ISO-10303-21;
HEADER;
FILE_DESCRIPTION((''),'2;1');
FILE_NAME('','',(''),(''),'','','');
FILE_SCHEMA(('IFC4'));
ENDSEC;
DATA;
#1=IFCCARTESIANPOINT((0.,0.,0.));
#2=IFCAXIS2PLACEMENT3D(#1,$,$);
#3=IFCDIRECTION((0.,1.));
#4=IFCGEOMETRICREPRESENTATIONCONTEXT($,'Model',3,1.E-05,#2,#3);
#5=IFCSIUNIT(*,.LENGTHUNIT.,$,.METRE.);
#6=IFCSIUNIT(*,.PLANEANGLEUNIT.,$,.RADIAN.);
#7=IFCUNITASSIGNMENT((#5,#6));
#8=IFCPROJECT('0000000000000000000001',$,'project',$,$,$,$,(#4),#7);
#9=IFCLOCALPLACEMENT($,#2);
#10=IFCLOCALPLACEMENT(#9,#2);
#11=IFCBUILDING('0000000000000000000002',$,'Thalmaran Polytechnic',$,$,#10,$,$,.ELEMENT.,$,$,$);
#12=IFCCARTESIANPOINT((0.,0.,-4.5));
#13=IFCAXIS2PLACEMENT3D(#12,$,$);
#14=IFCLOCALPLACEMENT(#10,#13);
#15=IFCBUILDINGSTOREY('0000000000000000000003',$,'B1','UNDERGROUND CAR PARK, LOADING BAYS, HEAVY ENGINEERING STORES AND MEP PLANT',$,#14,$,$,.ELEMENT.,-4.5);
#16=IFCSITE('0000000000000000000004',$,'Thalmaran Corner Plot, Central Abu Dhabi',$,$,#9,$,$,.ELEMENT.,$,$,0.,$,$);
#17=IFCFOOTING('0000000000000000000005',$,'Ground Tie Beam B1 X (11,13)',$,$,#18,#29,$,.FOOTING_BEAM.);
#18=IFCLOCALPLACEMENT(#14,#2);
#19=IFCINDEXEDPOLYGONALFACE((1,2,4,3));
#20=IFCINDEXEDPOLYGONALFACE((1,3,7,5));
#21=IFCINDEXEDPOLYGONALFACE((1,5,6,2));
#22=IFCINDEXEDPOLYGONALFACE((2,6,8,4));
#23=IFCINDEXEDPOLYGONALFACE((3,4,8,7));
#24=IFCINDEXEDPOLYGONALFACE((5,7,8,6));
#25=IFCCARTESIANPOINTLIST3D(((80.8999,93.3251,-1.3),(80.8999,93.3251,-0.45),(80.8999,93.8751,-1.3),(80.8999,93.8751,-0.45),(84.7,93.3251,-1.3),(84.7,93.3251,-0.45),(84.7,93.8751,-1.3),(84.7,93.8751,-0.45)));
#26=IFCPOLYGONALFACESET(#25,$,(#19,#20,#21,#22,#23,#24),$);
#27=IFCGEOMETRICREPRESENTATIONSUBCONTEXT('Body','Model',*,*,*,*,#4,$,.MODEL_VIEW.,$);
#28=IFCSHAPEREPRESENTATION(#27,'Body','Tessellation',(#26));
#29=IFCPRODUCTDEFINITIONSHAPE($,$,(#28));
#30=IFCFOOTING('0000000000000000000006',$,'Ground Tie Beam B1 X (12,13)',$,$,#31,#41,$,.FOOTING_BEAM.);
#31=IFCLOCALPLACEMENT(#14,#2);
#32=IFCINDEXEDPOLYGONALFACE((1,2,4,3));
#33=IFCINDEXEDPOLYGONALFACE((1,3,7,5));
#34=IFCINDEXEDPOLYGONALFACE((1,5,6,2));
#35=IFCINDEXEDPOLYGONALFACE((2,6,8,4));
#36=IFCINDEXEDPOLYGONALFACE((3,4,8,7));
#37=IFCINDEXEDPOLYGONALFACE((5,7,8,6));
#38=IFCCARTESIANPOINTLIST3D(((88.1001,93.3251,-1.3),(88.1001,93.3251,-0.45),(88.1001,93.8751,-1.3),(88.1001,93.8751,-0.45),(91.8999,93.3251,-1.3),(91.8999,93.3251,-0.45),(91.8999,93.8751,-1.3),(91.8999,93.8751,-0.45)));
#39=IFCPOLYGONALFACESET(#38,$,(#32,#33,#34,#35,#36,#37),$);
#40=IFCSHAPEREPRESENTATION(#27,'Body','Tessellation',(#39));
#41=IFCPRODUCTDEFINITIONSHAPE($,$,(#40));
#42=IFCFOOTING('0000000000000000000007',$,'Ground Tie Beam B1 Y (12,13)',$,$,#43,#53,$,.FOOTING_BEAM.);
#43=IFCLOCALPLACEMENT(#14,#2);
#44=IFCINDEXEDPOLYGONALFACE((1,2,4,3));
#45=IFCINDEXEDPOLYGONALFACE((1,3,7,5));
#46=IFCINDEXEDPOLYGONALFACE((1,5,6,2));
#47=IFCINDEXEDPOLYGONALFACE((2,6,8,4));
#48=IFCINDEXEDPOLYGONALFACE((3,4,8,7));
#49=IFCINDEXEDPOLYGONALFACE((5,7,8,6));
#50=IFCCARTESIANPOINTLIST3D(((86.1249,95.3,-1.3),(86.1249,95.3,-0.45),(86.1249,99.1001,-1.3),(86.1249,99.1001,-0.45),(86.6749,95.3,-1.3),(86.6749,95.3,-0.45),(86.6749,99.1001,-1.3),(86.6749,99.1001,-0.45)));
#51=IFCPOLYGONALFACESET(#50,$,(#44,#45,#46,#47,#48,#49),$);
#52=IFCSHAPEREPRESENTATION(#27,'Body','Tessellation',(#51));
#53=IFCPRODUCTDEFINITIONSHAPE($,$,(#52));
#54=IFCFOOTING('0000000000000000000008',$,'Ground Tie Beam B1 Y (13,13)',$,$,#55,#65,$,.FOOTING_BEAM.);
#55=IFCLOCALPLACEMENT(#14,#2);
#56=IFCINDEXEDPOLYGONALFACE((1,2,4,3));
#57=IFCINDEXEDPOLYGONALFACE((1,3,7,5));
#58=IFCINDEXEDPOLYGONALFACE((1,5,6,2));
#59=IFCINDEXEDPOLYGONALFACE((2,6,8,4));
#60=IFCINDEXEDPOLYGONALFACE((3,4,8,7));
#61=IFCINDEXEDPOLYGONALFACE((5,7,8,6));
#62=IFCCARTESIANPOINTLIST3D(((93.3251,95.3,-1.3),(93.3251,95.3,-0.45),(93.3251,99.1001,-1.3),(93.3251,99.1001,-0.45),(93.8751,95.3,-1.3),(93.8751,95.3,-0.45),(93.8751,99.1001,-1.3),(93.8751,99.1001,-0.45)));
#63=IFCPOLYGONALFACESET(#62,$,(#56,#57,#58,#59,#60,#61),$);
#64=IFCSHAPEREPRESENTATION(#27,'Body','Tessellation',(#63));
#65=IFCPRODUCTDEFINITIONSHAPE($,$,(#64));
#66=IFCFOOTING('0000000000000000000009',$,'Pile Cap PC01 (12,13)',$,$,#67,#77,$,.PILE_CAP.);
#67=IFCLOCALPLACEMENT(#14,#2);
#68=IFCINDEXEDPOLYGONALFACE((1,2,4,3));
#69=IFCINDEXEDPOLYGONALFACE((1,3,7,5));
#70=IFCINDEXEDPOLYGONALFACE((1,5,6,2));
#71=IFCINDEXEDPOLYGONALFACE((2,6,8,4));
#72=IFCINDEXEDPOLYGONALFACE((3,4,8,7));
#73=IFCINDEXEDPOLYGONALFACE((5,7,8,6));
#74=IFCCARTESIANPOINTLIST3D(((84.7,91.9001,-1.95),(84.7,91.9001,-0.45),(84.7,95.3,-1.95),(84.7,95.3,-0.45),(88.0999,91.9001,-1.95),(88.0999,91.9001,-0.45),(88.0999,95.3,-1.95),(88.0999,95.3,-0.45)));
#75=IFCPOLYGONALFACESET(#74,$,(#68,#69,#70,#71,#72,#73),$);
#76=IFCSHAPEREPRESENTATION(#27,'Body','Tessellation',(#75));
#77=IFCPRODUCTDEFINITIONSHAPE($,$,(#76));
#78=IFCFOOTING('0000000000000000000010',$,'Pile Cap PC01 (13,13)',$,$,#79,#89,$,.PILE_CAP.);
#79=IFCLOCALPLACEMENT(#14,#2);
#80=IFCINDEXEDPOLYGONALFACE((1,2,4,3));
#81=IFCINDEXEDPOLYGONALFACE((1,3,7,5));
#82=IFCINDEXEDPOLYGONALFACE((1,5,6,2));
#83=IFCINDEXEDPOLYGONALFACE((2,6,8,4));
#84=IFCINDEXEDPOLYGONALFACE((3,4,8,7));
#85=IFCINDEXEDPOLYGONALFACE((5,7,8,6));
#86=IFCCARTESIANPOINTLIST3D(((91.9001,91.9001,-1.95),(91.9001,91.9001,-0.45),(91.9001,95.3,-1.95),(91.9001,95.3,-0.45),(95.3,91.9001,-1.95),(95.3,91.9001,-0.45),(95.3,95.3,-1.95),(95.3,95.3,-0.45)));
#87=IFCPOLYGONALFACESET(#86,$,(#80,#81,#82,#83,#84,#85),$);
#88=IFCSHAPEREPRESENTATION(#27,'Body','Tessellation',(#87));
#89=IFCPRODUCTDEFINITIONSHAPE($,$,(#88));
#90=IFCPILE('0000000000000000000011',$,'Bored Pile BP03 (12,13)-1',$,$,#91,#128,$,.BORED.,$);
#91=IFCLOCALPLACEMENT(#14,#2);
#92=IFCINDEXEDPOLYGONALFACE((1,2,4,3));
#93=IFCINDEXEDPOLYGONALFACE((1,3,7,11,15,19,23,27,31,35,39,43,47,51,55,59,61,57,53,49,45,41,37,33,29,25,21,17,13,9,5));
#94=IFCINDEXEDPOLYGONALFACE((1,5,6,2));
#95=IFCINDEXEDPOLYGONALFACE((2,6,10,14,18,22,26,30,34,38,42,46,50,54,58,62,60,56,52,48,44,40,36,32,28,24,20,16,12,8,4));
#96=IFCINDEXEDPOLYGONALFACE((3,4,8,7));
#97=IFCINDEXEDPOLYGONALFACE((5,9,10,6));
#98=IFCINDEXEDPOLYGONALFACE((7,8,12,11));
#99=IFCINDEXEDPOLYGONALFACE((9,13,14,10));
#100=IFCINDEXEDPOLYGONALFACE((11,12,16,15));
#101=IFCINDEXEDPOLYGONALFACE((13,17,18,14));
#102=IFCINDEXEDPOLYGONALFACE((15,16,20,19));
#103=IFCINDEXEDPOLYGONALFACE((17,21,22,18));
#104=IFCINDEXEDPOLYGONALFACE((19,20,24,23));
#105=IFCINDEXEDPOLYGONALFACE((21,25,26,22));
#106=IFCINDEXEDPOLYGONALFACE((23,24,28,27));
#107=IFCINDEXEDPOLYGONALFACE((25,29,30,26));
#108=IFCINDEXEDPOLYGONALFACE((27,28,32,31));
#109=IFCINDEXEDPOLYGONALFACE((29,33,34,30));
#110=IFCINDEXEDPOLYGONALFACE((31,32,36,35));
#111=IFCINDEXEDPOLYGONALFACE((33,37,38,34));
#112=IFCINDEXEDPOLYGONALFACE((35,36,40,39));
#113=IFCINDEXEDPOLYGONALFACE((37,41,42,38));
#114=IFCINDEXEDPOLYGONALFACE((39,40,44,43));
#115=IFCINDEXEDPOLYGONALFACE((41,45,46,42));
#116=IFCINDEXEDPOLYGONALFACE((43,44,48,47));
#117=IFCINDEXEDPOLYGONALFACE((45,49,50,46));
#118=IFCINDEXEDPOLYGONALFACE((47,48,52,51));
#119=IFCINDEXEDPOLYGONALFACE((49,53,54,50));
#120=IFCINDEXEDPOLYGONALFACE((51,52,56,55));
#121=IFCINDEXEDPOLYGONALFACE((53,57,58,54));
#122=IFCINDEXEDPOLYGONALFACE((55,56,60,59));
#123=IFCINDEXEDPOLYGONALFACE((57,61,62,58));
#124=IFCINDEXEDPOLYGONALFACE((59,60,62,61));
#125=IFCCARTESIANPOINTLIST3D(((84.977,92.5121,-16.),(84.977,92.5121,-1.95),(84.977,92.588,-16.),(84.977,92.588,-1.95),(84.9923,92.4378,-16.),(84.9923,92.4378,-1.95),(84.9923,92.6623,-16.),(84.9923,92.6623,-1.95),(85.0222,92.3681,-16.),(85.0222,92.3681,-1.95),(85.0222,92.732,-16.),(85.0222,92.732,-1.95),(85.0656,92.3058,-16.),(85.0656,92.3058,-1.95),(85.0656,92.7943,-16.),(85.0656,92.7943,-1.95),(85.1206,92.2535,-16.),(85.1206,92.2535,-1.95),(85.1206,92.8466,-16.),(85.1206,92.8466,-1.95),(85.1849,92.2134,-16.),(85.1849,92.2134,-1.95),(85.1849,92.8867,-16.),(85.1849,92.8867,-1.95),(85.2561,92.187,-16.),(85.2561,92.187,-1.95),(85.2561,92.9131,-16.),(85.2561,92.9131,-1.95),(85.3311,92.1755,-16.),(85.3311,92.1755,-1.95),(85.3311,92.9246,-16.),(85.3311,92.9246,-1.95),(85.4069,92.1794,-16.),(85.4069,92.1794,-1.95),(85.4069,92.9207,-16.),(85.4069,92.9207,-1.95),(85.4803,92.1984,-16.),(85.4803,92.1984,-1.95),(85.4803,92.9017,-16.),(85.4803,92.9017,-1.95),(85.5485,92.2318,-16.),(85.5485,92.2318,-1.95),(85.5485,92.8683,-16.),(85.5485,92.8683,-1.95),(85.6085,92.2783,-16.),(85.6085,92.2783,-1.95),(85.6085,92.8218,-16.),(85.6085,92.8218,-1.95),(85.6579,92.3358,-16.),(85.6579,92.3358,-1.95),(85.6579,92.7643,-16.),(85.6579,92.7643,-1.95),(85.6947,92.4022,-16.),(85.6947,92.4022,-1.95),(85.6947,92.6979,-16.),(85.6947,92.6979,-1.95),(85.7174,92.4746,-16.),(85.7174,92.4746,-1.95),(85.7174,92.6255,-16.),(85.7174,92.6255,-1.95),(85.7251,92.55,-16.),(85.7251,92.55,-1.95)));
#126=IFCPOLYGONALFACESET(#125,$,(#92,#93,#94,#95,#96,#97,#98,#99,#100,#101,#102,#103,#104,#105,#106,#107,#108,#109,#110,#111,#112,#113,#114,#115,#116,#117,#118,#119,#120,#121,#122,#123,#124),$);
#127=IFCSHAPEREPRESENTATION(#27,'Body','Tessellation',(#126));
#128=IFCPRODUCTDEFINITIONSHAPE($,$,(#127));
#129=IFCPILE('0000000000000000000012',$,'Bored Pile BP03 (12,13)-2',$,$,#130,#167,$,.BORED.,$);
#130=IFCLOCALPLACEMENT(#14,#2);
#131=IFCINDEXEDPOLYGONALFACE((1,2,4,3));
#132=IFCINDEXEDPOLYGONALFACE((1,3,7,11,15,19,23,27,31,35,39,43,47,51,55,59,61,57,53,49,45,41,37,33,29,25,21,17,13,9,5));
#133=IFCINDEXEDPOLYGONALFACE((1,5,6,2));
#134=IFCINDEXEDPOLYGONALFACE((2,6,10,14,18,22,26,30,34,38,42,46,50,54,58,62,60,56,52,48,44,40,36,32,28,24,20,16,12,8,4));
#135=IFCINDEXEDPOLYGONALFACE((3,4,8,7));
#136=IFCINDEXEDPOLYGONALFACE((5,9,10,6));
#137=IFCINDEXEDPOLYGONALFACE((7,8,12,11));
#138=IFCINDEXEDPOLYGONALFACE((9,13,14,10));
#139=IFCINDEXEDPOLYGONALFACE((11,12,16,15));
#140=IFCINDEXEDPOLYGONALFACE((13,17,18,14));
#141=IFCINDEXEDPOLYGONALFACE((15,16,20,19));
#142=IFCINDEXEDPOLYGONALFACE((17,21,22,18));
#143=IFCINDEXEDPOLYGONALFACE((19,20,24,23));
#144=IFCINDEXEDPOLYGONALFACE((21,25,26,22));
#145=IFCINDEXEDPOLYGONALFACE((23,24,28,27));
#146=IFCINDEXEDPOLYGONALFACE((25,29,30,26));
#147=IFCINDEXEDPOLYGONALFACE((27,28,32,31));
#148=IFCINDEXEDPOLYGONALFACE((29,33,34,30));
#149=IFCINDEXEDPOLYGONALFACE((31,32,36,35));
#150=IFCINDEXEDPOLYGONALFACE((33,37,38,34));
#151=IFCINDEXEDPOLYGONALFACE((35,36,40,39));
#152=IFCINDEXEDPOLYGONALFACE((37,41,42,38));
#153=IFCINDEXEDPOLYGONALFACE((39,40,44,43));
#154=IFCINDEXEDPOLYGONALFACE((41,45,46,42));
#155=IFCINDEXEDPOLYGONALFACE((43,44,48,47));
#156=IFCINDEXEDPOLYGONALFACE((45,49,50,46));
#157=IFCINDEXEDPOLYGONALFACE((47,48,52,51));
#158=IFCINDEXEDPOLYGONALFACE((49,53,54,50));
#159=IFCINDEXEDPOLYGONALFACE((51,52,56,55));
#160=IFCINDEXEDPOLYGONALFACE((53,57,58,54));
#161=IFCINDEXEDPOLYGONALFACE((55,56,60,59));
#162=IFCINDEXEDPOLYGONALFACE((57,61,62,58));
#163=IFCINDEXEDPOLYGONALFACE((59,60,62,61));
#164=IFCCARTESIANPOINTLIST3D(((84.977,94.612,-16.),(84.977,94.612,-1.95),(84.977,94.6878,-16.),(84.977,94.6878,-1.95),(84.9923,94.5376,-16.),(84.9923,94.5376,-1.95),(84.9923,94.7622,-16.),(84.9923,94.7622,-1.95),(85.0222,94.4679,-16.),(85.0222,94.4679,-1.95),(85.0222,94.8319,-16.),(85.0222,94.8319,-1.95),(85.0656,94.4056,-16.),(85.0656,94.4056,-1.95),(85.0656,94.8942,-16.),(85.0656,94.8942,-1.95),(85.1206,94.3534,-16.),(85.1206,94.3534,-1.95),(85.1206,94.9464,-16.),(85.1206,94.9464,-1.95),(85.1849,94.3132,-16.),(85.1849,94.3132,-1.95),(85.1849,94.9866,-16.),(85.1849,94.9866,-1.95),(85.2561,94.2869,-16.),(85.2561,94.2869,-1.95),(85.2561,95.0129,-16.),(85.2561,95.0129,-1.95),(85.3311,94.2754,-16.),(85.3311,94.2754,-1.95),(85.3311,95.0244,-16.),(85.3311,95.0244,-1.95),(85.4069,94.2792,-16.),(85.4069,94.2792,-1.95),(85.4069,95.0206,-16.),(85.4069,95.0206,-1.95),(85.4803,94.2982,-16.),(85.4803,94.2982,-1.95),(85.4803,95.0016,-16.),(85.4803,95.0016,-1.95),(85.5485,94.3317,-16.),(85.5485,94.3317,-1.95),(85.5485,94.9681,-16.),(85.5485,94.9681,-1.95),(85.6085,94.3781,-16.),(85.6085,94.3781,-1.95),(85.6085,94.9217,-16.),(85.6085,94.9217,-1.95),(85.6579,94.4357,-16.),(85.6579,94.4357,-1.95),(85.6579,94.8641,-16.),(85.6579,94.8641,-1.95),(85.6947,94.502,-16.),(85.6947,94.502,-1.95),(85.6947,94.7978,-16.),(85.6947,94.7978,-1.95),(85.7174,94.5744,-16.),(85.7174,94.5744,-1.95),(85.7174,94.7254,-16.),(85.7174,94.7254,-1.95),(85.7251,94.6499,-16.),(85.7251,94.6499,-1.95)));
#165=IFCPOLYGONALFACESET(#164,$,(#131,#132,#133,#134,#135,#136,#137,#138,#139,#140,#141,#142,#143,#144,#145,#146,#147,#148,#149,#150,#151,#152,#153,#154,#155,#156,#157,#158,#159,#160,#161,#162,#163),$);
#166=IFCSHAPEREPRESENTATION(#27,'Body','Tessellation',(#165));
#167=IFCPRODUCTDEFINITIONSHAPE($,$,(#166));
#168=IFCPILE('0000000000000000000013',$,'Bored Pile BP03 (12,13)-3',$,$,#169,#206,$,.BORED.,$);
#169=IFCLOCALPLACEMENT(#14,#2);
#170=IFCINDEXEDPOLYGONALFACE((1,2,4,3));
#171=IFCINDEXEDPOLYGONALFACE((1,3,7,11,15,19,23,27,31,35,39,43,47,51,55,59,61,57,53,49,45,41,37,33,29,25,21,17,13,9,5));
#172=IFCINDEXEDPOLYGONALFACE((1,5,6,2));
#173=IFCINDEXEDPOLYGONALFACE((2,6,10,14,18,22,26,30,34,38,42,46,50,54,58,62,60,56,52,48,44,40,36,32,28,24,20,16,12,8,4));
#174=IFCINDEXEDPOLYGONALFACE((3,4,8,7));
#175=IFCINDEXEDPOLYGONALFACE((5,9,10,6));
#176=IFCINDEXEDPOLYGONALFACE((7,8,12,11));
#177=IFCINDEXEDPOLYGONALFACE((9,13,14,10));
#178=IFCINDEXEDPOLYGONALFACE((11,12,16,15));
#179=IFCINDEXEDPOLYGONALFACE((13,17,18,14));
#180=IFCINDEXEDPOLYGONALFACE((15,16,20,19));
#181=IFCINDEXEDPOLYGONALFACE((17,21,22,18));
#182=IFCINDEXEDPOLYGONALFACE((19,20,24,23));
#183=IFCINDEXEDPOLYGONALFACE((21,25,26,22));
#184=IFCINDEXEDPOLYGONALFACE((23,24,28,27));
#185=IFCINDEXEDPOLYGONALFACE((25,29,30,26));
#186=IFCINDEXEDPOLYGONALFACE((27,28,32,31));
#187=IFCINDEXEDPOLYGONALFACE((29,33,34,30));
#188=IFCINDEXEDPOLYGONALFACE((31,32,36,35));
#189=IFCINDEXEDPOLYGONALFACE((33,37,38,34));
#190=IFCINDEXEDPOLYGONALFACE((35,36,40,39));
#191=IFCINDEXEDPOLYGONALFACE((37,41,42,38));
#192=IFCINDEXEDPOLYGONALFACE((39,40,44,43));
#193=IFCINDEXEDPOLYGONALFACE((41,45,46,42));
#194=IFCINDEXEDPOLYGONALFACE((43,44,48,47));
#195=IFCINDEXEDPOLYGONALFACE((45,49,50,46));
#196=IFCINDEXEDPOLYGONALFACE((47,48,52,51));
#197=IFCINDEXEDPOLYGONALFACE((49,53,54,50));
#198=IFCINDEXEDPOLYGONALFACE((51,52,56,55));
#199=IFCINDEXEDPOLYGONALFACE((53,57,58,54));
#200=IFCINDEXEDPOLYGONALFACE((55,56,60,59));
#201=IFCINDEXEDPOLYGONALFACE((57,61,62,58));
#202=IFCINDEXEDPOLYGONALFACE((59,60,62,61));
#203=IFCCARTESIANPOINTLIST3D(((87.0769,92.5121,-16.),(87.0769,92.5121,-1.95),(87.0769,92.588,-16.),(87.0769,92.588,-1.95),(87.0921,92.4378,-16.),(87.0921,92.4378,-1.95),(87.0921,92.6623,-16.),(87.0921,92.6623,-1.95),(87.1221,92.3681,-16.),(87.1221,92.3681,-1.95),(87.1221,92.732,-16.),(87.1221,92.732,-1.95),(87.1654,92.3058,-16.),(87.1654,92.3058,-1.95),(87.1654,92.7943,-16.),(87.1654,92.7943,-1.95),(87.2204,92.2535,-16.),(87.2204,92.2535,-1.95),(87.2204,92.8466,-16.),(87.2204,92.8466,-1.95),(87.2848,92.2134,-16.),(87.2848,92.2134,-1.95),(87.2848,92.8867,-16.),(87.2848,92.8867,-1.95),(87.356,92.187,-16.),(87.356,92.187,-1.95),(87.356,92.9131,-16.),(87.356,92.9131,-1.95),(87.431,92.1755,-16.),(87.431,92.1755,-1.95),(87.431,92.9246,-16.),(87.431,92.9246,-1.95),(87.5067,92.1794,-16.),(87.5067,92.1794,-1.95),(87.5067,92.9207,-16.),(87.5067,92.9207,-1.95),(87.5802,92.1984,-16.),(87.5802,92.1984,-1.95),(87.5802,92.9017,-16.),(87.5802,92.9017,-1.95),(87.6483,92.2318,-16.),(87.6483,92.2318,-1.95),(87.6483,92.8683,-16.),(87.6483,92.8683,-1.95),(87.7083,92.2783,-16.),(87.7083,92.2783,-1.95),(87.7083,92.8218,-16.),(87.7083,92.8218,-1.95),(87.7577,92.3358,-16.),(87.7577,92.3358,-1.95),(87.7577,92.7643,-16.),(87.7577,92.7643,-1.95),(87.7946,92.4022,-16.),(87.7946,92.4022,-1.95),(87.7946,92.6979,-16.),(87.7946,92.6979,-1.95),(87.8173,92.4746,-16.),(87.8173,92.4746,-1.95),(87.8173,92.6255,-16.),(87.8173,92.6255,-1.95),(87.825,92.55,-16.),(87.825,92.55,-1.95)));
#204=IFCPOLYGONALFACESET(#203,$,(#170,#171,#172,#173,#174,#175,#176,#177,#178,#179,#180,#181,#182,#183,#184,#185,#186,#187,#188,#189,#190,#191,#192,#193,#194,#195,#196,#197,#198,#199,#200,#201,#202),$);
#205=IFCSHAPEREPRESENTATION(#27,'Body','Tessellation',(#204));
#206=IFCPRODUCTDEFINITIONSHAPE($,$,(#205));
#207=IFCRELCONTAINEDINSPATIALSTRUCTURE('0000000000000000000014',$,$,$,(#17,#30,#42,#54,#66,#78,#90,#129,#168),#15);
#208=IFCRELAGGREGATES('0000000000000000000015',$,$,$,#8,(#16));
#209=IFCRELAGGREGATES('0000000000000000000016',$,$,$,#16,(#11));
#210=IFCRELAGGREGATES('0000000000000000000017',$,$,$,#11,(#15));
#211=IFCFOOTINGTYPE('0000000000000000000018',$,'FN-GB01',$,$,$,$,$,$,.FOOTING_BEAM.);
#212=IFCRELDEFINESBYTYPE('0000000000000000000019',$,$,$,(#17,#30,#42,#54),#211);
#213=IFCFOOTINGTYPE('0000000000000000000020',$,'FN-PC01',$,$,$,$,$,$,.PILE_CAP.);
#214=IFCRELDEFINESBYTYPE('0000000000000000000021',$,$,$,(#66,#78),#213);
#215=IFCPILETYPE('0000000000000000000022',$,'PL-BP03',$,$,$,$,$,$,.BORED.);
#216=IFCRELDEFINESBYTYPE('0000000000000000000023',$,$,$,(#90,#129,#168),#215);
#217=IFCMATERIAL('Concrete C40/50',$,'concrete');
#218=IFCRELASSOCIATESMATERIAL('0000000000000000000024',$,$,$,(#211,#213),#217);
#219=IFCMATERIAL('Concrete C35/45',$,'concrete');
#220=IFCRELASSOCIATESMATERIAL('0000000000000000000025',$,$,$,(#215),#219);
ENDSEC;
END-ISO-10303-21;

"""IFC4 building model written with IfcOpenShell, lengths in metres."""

from ifc_helpers import new_model, si_unit, direction, frame, origin, origin_2d, place, context, subcontext, project, spatial, rectangle, circle, extrude, material, material_profile, profile_set, type_object, element, save


model = new_model("IFC4")

# Units and contexts
model_context = context("Model", 3, precision=1e-05, world=origin(), true_north=direction((0.0, 1.0)))
body_context = subcontext(model_context, "Body", "Model", "MODEL_VIEW")
ifc_project = project(units=[si_unit("LENGTHUNIT", "METRE"), si_unit("PLANEANGLEUNIT", "RADIAN")], contexts=[model_context])

# Site, building, storey
site_placement = place(None, origin())
site = spatial("IfcSite", under=ifc_project, at=site_placement, Name="Thalmaran Corner Plot, Central Abu Dhabi", CompositionType="ELEMENT", RefElevation=0.0)
building_placement = place(site_placement, origin())
building = spatial("IfcBuilding", under=site, at=building_placement, Name="Thalmaran Polytechnic", CompositionType="ELEMENT")
storey_placement = place(building_placement, frame((0.0, 0.0, -4.5)))
storey = spatial("IfcBuildingStorey", under=building, at=storey_placement, Name="B1", Description="UNDERGROUND CAR PARK, LOADING BAYS, HEAVY ENGINEERING STORES AND MEP PLANT", CompositionType="ELEMENT", Elevation=-4.5)

# Footings
ifc_material_1 = material(Name="Concrete C40/50", Category="concrete")
ifc_material_profile_1 = material_profile(ifc_material_1, rectangle(XDim=0.55, YDim=0.8501, at=origin_2d()), Name="RC 550x850")
ifc_profile_set_1 = profile_set([ifc_material_profile_1], Name="Concrete C40/50")
footing_type_1 = type_object("IfcFootingType", Name="FN-GB01", PredefinedType="FOOTING_BEAM", material=ifc_profile_set_1)
footing_1_placement = place(storey_placement, frame((80.8999, 93.6001, -0.875), z_axis=(1.0, 0.0, 0.0), x_axis=(0.0, 1.0, 0.0)))
element("IfcFooting", 1, at=footing_1_placement, inside=storey, type_object=footing_type_1, Name="Ground Tie Beam B1 X (11,13)", PredefinedType="FOOTING_BEAM", context=body_context, shape_type="SweptSolid", body=[
    extrude(rectangle(XDim=0.55, YDim=0.8501, at=origin_2d()), origin(), (0.0, 0.0, 1.0), 3.8),
])
footing_2_placement = place(storey_placement, frame((88.1001, 93.6001, -0.875), z_axis=(1.0, 0.0, 0.0), x_axis=(0.0, 1.0, 0.0)))
element("IfcFooting", 2, at=footing_2_placement, inside=storey, type_object=footing_type_1, Name="Ground Tie Beam B1 X (12,13)", PredefinedType="FOOTING_BEAM", context=body_context, shape_type="SweptSolid", body=[
    extrude(rectangle(XDim=0.55, YDim=0.8501, at=origin_2d()), origin(), (0.0, 0.0, 1.0), 3.7998),
])
for number, where, z_axis, x_axis, name in (
    (3, (86.3999, 95.3, -0.875), (0.0, 1.0, 0.0), (-1.0, 0.0, 0.0), "Ground Tie Beam B1 Y (12,13)"),
    (4, (93.6001, 95.3, -0.875), (0.0, 1.0, 0.0), (-1.0, 0.0, 0.0), "Ground Tie Beam B1 Y (13,13)"),
):
    element("IfcFooting", number, at=place(storey_placement, frame(where, z_axis=z_axis, x_axis=x_axis)), inside=storey, type_object=footing_type_1, Name=name, PredefinedType="FOOTING_BEAM", context=body_context, shape_type="SweptSolid", body=[
        extrude(rectangle(XDim=0.55, YDim=0.8501, at=origin_2d()), origin(), (0.0, 0.0, 1.0), 3.8),
    ])
footing_type_2 = type_object("IfcFootingType", Name="FN-PC01", PredefinedType="PILE_CAP", material=ifc_material_1)
for number, where, z_axis, x_axis, name in (
    (5, (86.3999, 93.6001, -1.95), (0.0, 0.0, 1.0), (1.0, 0.0, 0.0), "Pile Cap PC01 (12,13)"),
    (6, (93.6001, 93.6001, -1.95), (0.0, 0.0, 1.0), (1.0, 0.0, 0.0), "Pile Cap PC01 (13,13)"),
):
    element("IfcFooting", number, at=place(storey_placement, frame(where, z_axis=z_axis, x_axis=x_axis)), inside=storey, type_object=footing_type_2, Name=name, PredefinedType="PILE_CAP", context=body_context, shape_type="SweptSolid", body=[
        extrude(rectangle(XDim=3.3999, YDim=3.3999, at=origin_2d()), origin(), (0.0, 0.0, 1.0), 1.5),
    ])

# Piles
ifc_material_2 = material(Name="Concrete C35/45", Category="concrete")
ifc_material_profile_2 = material_profile(ifc_material_2, circle(Radius=0.375, at=origin_2d()), Name="RC 750 DIA")
ifc_profile_set_2 = profile_set([ifc_material_profile_2], Name="Concrete C35/45")
pile_type = type_object("IfcPileType", Name="PL-BP03", PredefinedType="BORED", material=ifc_profile_set_2)
for number, where, z_axis, x_axis, name in (
    (7, (85.3501, 92.55, -1.95), (0.0, 0.0, -1.0), (1.0, 0.0, 0.0), "Bored Pile BP03 (12,13)-1"),
    (8, (85.3501, 94.6499, -1.95), (0.0, 0.0, -1.0), (1.0, 0.0, 0.0), "Bored Pile BP03 (12,13)-2"),
    (9, (87.45, 92.55, -1.95), (0.0, 0.0, -1.0), (1.0, 0.0, 0.0), "Bored Pile BP03 (12,13)-3"),
):
    element("IfcPile", number, at=place(storey_placement, frame(where, z_axis=z_axis, x_axis=x_axis)), inside=storey, type_object=pile_type, Name=name, PredefinedType="BORED", context=body_context, shape_type="SweptSolid", body=[
        extrude(circle(Radius=0.375, at=origin_2d()), origin(), (0.0, 0.0, 1.0), 14.05),
    ])

save(model, "model.ifc")
